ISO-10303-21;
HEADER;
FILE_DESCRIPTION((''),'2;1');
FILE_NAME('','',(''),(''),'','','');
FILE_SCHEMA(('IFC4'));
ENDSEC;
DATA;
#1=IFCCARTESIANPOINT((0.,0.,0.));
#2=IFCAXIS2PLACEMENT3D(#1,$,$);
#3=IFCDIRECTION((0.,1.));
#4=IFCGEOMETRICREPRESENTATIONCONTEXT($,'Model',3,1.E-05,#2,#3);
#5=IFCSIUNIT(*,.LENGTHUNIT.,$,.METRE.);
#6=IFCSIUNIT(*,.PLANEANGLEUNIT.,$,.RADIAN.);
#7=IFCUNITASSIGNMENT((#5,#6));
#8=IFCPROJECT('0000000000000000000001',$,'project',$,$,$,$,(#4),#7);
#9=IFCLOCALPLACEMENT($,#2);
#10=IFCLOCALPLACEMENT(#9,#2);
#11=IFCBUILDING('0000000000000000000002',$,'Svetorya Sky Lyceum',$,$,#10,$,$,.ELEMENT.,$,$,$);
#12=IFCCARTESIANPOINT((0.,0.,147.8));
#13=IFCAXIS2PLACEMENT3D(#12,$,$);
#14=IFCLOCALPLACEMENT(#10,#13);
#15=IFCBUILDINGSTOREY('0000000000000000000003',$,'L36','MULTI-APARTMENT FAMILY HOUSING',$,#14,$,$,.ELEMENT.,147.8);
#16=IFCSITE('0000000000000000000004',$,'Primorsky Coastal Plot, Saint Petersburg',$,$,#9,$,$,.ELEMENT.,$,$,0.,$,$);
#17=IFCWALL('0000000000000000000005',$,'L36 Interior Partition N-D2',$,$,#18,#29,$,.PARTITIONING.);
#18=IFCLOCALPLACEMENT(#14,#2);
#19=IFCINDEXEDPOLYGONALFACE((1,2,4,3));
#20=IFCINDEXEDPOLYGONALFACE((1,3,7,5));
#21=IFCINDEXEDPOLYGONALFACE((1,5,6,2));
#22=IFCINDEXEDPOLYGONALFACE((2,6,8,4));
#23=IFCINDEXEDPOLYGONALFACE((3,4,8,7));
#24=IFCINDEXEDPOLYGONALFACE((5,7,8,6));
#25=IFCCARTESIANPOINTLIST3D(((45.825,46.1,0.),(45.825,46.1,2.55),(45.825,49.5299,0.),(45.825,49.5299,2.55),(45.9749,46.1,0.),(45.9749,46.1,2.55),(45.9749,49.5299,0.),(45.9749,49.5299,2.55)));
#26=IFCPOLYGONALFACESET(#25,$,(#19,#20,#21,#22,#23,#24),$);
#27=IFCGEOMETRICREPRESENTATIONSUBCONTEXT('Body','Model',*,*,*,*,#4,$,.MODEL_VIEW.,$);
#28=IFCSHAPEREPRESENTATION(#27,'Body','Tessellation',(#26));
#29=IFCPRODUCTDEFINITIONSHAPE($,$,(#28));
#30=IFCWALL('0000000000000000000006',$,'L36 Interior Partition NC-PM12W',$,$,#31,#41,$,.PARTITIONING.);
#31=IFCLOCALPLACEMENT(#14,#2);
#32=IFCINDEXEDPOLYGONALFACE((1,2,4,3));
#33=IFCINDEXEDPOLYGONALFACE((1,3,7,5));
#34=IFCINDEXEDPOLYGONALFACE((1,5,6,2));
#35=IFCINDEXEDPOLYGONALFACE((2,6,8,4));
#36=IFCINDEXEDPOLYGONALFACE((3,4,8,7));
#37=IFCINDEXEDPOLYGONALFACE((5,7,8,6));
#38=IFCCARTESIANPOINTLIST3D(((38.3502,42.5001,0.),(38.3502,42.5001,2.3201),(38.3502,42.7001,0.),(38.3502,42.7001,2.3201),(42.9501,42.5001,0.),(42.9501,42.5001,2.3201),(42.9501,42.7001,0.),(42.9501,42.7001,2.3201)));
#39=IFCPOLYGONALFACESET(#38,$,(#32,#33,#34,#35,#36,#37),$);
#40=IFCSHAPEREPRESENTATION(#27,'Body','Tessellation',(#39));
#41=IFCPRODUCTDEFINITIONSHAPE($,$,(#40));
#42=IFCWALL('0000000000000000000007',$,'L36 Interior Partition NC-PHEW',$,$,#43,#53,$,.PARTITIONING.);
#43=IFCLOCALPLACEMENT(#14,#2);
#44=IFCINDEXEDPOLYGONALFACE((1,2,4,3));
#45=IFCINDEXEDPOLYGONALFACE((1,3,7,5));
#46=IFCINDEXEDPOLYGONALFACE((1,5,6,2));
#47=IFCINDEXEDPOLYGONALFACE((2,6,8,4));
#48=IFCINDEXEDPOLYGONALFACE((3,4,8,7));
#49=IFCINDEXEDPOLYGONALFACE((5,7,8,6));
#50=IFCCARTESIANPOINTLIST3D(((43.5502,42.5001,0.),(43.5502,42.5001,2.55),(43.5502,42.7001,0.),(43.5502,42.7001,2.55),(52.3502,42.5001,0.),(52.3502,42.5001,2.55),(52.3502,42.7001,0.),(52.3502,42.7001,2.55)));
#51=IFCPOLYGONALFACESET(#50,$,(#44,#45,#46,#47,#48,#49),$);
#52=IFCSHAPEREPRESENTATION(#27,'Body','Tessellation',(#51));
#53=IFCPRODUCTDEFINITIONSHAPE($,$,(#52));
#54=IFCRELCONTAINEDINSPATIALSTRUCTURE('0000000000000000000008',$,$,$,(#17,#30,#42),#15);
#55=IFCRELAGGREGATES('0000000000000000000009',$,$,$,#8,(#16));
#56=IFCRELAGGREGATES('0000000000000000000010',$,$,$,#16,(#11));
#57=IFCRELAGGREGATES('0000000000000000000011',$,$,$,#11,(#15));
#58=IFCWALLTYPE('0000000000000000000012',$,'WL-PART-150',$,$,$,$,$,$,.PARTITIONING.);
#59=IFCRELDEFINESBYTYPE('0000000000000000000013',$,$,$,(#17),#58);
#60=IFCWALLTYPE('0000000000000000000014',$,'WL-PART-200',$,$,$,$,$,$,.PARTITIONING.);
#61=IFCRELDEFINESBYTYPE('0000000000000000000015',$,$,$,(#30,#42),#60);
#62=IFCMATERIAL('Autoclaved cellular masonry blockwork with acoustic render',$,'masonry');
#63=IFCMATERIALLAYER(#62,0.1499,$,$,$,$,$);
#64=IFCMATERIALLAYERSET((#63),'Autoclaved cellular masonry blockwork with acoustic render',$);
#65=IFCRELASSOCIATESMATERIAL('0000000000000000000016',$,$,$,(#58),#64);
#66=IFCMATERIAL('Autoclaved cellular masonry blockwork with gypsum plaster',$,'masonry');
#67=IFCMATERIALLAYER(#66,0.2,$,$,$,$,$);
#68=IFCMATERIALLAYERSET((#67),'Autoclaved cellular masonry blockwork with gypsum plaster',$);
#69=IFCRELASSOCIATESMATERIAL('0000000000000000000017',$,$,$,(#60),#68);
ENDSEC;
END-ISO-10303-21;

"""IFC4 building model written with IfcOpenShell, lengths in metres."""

from ifc_helpers import new_model, si_unit, direction, frame, frame_2d, origin, place, context, subcontext, project, spatial, rectangle, extrude, material, layer, layer_set, type_object, element, save


model = new_model("IFC4")

# Units and contexts
model_context = context("Model", 3, precision=1e-05, world=origin(), true_north=direction((0.0, 1.0)))
body_context = subcontext(model_context, "Body", "Model", "MODEL_VIEW")
ifc_project = project(units=[si_unit("LENGTHUNIT", "METRE"), si_unit("PLANEANGLEUNIT", "RADIAN")], contexts=[model_context])

# Site, building, storey
site_placement = place(None, origin())
site = spatial("IfcSite", under=ifc_project, at=site_placement, Name="Primorsky Coastal Plot, Saint Petersburg", CompositionType="ELEMENT", RefElevation=0.0)
building_placement = place(site_placement, origin())
building = spatial("IfcBuilding", under=site, at=building_placement, Name="Svetorya Sky Lyceum", CompositionType="ELEMENT")
storey_placement = place(building_placement, frame((0.0, 0.0, 147.8)))
storey = spatial("IfcBuildingStorey", under=building, at=storey_placement, Name="L36", Description="MULTI-APARTMENT FAMILY HOUSING", CompositionType="ELEMENT", Elevation=147.8)

# Walls
ifc_material_1 = material(Name="Autoclaved cellular masonry blockwork with acoustic render", Category="masonry")
ifc_layer_1 = layer(ifc_material_1, 0.1499)
ifc_layer_set_1 = layer_set([ifc_layer_1], Name="Autoclaved cellular masonry blockwork with acoustic render")
wall_type_1 = type_object("IfcWallType", Name="WL-PART-150", PredefinedType="PARTITIONING", material=ifc_layer_set_1)
wall_1_placement = place(storey_placement, frame((45.8999, 46.1001, 0.0), z_axis=(0.0, 0.0, 1.0), x_axis=(0.0, 1.0, 0.0)))
element("IfcWall", 1, at=wall_1_placement, inside=storey, type_object=wall_type_1, Name="L36 Interior Partition N-D2", PredefinedType="PARTITIONING", context=body_context, shape_type="SweptSolid", body=[
    extrude(rectangle(XDim=3.4299, YDim=0.1499, at=frame_2d((1.7148, 0.0))), origin(), (0.0, 0.0, 1.0), 2.55),
])
ifc_material_2 = material(Name="Autoclaved cellular masonry blockwork with gypsum plaster", Category="masonry")
ifc_layer_2 = layer(ifc_material_2, 0.2)
ifc_layer_set_2 = layer_set([ifc_layer_2], Name="Autoclaved cellular masonry blockwork with gypsum plaster")
wall_type_2 = type_object("IfcWallType", Name="WL-PART-200", PredefinedType="PARTITIONING", material=ifc_layer_set_2)
wall_2_placement = place(storey_placement, frame((42.95, 42.6001, 0.0), z_axis=(0.0, 0.0, 1.0), x_axis=(-1.0, 0.0, 0.0)))
element("IfcWall", 2, at=wall_2_placement, inside=storey, type_object=wall_type_2, Name="L36 Interior Partition NC-PM12W", PredefinedType="PARTITIONING", context=body_context, shape_type="SweptSolid", body=[
    extrude(rectangle(XDim=4.5999, YDim=0.2, at=frame_2d((2.2998, 0.0))), origin(), (0.0, 0.0, 1.0), 2.3201),
])
wall_3_placement = place(storey_placement, frame((52.3501, 42.6001, 0.0), z_axis=(0.0, 0.0, 1.0), x_axis=(-1.0, 0.0, 0.0)))
element("IfcWall", 3, at=wall_3_placement, inside=storey, type_object=wall_type_2, Name="L36 Interior Partition NC-PHEW", PredefinedType="PARTITIONING", context=body_context, shape_type="SweptSolid", body=[
    extrude(rectangle(XDim=8.8, YDim=0.2, at=frame_2d((4.3999, 0.0))), origin(), (0.0, 0.0, 1.0), 2.55),
])

save(model, "model.ifc")
